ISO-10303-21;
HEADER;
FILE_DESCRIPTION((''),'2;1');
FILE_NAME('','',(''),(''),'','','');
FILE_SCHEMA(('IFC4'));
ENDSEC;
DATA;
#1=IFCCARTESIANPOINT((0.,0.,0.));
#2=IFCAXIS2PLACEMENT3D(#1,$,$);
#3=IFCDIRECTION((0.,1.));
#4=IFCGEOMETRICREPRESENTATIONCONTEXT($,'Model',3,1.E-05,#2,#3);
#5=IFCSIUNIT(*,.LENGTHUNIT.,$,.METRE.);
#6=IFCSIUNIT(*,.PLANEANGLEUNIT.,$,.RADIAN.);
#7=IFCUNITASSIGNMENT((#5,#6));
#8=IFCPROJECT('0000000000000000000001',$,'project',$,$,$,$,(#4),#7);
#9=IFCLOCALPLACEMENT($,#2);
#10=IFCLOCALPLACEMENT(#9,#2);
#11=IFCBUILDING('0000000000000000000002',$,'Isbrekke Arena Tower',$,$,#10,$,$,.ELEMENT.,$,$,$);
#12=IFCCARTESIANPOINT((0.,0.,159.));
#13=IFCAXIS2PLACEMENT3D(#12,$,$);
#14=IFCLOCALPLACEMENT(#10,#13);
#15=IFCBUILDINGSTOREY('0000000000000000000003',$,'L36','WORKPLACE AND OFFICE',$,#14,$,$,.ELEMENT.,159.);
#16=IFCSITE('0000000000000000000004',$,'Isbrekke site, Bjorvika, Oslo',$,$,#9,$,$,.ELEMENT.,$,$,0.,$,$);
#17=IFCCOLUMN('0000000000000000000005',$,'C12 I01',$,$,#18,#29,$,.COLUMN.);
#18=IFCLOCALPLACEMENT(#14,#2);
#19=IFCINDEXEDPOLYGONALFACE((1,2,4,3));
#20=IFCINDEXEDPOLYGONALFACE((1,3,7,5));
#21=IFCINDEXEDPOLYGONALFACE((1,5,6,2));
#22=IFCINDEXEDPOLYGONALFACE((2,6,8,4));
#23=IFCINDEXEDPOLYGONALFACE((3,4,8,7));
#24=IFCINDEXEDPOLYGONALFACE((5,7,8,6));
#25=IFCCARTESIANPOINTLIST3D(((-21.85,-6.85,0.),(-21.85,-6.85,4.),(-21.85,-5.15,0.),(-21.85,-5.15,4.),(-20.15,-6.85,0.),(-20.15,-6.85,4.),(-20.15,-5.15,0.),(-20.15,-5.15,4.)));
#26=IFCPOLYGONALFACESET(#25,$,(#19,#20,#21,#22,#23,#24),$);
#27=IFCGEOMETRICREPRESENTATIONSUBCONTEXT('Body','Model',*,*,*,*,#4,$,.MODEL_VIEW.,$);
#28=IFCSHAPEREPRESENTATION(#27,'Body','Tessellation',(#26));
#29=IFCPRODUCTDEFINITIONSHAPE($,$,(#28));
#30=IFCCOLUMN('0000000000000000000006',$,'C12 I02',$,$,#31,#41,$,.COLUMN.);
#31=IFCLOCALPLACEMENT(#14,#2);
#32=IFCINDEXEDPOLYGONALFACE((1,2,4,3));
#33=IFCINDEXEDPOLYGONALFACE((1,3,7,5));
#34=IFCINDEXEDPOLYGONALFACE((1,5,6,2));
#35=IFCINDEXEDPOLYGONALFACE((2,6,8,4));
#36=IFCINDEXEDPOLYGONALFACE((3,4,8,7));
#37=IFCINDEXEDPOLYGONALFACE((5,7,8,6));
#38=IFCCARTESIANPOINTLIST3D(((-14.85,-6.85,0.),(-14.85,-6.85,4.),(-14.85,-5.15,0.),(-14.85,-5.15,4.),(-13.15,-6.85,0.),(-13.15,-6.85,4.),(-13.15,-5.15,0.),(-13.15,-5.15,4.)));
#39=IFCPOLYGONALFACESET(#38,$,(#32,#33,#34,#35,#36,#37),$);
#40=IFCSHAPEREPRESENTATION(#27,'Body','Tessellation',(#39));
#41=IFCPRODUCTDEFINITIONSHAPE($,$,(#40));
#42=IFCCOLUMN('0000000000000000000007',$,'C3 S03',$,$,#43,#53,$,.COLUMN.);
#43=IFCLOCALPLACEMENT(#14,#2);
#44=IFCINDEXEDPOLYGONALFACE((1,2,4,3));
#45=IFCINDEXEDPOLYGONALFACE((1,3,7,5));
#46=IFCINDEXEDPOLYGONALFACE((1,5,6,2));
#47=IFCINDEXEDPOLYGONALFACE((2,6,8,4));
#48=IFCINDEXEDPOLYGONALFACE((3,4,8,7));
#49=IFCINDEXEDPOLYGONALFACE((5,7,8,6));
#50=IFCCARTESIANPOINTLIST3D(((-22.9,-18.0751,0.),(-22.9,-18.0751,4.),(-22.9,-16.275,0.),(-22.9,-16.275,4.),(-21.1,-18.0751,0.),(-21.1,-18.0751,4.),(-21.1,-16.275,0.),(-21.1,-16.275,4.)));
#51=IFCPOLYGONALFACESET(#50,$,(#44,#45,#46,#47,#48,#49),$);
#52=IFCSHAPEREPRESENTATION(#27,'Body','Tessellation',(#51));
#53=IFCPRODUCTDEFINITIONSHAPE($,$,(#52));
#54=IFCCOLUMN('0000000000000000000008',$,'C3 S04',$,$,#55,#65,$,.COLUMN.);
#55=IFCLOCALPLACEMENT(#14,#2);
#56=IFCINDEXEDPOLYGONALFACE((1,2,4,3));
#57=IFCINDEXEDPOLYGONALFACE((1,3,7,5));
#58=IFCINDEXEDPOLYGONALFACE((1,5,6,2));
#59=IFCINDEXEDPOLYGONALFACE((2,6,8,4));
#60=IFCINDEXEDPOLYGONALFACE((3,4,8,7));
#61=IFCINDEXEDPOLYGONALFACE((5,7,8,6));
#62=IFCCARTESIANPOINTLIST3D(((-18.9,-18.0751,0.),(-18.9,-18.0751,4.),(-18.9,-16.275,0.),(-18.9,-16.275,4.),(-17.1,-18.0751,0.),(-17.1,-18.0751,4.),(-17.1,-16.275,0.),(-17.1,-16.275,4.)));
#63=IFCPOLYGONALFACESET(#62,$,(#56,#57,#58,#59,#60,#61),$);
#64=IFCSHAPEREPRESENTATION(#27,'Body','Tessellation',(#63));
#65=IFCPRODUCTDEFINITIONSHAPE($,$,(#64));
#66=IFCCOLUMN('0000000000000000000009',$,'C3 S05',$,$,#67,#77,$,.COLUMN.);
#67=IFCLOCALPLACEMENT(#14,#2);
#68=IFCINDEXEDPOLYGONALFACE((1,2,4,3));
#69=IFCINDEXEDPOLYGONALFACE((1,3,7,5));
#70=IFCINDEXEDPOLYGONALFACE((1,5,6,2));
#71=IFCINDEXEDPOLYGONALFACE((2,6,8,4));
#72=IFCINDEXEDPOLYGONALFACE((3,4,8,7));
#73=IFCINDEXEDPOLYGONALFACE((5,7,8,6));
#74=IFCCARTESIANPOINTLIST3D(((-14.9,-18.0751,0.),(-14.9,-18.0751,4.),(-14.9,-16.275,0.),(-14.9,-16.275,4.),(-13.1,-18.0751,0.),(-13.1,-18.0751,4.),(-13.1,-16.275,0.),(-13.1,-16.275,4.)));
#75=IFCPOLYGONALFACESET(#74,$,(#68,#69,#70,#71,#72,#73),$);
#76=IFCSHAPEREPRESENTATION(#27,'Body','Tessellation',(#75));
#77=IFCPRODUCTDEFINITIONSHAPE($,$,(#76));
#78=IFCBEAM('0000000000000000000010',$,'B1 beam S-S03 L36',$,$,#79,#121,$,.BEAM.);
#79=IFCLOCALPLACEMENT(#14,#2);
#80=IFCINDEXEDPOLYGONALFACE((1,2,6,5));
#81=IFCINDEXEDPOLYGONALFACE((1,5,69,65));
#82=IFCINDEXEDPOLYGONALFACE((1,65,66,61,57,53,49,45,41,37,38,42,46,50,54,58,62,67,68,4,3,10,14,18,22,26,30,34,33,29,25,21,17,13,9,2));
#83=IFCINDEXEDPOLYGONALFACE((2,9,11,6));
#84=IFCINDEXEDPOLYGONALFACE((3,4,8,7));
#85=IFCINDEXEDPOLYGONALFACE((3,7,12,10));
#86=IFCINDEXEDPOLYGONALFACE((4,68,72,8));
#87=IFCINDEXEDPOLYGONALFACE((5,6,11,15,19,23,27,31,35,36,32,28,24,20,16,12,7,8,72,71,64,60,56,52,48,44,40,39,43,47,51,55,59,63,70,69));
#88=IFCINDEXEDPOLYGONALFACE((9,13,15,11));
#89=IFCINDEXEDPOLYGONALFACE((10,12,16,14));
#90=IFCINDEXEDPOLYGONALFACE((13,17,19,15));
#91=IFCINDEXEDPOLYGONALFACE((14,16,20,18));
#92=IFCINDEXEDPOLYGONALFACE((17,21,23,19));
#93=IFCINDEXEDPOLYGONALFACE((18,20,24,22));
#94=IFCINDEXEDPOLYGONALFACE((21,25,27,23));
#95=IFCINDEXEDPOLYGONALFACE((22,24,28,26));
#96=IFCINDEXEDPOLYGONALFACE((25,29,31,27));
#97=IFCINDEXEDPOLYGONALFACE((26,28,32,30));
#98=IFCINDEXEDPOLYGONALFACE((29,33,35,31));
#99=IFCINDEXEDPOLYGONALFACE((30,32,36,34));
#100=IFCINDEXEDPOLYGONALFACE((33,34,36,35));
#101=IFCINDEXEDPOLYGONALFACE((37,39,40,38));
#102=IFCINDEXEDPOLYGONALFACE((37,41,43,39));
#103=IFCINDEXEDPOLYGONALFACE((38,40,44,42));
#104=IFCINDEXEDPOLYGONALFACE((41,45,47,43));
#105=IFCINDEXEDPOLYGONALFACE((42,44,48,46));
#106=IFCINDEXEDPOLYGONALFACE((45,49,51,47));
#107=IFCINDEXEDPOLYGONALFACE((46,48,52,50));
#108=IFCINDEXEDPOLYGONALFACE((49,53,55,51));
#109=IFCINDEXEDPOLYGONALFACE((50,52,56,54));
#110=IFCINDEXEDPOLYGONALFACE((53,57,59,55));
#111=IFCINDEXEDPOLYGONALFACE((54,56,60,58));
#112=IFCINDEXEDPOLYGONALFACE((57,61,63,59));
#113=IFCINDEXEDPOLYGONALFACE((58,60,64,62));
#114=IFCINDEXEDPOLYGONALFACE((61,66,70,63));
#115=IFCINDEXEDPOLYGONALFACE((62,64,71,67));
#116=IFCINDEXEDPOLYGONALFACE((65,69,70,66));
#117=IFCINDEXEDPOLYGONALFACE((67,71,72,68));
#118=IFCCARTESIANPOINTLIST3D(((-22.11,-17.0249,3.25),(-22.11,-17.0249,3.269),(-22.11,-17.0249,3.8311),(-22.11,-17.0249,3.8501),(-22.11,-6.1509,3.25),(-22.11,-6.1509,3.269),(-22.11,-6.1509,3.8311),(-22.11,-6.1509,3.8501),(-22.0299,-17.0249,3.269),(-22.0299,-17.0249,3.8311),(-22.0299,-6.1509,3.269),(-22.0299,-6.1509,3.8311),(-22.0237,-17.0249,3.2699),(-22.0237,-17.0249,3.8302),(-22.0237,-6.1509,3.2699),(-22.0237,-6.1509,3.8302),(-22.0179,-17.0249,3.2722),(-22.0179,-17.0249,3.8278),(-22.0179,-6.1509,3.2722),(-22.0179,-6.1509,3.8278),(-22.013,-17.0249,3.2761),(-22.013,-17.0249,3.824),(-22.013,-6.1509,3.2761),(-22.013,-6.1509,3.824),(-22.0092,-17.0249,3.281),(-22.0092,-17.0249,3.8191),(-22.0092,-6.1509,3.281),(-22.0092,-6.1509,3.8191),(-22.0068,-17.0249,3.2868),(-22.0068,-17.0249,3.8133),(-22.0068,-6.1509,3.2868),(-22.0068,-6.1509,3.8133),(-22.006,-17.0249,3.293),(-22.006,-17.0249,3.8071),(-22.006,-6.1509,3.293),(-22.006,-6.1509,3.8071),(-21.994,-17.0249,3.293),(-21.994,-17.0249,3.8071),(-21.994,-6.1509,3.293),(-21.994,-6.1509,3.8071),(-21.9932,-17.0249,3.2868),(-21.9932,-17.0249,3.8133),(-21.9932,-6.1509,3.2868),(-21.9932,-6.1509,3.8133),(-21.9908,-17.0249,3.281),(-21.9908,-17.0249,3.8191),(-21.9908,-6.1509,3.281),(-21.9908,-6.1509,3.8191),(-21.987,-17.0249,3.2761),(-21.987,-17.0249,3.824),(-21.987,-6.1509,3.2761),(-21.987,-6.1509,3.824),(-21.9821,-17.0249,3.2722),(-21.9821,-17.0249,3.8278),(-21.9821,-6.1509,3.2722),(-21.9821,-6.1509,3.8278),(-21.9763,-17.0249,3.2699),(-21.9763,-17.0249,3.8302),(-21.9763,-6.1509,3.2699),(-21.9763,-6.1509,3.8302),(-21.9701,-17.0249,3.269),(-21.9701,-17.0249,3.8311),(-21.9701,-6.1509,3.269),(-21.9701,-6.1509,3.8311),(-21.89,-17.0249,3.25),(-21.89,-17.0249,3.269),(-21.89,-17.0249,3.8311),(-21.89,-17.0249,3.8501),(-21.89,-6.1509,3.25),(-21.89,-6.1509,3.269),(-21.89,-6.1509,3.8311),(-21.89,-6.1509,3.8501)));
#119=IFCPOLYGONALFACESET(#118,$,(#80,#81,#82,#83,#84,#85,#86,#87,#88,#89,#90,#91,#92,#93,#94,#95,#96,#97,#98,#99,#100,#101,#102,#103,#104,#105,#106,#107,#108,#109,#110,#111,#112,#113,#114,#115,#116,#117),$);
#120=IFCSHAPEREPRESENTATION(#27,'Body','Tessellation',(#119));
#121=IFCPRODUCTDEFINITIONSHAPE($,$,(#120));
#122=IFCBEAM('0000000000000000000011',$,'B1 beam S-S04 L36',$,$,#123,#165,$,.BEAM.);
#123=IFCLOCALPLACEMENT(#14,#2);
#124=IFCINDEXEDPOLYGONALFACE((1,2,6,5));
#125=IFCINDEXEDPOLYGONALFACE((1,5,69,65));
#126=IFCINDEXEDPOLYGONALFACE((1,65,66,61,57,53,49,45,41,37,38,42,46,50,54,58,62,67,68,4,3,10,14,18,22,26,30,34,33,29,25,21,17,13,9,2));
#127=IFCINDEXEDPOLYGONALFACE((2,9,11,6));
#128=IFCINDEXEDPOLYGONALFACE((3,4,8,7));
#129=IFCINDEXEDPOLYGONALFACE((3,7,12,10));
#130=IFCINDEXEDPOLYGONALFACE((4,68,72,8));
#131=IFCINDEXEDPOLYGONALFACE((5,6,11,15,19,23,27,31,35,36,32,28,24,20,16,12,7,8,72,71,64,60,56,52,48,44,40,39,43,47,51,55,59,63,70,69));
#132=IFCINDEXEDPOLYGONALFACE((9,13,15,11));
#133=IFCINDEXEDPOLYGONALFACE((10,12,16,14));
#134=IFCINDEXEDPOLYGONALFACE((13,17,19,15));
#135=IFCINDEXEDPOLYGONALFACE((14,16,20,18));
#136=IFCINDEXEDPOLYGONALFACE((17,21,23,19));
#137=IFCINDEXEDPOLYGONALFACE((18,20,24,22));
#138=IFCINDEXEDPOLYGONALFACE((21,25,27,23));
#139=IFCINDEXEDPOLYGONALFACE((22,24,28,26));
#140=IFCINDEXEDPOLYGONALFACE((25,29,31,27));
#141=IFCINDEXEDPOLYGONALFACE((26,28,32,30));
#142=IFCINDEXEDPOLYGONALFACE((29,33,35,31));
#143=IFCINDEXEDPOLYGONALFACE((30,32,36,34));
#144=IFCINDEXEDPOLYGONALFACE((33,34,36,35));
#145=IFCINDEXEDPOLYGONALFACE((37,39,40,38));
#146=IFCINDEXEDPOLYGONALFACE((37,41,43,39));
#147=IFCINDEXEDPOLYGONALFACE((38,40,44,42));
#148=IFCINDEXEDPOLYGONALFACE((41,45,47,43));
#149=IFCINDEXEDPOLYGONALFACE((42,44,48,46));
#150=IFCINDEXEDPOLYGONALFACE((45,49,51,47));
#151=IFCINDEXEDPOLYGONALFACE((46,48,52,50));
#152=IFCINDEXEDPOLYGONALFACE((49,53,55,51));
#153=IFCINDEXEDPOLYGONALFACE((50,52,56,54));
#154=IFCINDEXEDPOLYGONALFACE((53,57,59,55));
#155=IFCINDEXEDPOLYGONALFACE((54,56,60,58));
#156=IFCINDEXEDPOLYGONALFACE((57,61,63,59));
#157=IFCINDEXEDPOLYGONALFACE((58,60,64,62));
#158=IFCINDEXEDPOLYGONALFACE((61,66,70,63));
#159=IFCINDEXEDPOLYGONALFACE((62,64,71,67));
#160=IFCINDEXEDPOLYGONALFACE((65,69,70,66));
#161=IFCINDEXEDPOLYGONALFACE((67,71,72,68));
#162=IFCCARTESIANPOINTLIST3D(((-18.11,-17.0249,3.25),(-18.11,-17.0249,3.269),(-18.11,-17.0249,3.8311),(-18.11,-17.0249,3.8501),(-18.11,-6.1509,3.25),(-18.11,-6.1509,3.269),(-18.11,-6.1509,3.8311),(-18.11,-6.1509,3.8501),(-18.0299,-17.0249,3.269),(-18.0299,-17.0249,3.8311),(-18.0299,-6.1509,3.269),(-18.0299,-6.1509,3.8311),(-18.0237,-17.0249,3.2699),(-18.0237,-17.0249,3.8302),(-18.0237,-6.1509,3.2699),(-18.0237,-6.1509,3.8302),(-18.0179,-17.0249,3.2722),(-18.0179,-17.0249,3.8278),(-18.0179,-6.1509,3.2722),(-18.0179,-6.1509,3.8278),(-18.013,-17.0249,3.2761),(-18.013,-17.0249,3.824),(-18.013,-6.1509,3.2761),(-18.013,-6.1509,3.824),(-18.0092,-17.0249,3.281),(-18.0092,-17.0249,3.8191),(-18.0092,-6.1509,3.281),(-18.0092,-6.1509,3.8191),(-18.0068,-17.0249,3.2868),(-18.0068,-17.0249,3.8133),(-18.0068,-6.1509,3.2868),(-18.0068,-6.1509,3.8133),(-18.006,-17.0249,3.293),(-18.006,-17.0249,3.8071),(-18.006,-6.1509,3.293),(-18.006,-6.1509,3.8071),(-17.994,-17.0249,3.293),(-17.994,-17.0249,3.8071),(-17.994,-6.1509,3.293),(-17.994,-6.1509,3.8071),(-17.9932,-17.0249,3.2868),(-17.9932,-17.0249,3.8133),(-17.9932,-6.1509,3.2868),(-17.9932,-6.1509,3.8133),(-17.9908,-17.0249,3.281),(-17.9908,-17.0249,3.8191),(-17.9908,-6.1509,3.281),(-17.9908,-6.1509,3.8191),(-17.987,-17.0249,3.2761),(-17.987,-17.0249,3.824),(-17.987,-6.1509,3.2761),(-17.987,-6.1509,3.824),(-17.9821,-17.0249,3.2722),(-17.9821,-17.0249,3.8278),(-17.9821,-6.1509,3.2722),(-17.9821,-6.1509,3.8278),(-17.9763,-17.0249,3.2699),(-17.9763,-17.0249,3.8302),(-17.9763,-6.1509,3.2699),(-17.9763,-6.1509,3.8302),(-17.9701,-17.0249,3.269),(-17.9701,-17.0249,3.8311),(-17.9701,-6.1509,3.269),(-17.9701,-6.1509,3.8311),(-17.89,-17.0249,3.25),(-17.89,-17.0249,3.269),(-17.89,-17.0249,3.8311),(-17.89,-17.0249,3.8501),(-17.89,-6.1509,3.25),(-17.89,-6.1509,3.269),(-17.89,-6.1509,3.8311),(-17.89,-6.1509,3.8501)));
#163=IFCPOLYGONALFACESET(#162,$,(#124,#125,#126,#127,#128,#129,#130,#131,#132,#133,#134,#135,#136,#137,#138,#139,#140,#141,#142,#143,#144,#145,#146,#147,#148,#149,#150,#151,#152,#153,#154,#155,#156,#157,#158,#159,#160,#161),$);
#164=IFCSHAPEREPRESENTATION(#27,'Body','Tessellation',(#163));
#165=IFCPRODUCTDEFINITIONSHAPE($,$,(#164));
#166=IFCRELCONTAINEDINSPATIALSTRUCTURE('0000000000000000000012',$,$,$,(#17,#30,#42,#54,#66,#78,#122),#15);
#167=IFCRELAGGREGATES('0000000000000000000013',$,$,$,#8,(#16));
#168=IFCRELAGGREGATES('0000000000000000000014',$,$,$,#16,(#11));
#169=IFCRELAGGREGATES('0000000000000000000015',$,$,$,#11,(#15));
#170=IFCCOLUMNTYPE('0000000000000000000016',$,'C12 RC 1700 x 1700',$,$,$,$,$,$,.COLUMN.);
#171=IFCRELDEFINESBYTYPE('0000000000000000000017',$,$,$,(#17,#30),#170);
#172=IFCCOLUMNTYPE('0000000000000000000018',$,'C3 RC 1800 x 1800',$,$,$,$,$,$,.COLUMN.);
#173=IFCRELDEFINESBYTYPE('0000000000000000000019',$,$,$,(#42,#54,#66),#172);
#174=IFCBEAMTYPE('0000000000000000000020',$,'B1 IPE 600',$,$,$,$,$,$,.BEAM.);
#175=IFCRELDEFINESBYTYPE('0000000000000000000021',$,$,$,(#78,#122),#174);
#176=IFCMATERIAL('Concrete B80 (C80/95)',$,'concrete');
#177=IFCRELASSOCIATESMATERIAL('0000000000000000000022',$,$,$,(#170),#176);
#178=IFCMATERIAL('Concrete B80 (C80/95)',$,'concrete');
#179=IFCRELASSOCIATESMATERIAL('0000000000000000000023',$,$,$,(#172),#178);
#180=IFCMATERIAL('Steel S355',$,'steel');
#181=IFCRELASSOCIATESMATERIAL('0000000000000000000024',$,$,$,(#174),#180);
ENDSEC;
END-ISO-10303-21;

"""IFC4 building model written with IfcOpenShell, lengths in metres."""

from ifc_helpers import new_model, si_unit, direction, frame, origin, origin_2d, place, context, subcontext, project, spatial, rectangle, i_section, extrude, material, material_profile, profile_set, type_object, element, save


model = new_model("IFC4")

# Units and contexts
model_context = context("Model", 3, precision=1e-05, world=origin(), true_north=direction((0.0, 1.0)))
body_context = subcontext(model_context, "Body", "Model", "MODEL_VIEW")
ifc_project = project(units=[si_unit("LENGTHUNIT", "METRE"), si_unit("PLANEANGLEUNIT", "RADIAN")], contexts=[model_context])

# Site, building, storey
site_placement = place(None, origin())
site = spatial("IfcSite", under=ifc_project, at=site_placement, Name="Isbrekke site, Bjorvika, Oslo", CompositionType="ELEMENT", RefElevation=0.0)
building_placement = place(site_placement, origin())
building = spatial("IfcBuilding", under=site, at=building_placement, Name="Isbrekke Arena Tower", CompositionType="ELEMENT")
storey_placement = place(building_placement, frame((0.0, 0.0, 159.0)))
storey = spatial("IfcBuildingStorey", under=building, at=storey_placement, Name="L36", Description="WORKPLACE AND OFFICE", CompositionType="ELEMENT", Elevation=159.0)

# Columns
ifc_material_1 = material(Name="Concrete B80 (C80/95)", Category="concrete")
ifc_material_profile_1 = material_profile(ifc_material_1, rectangle(XDim=1.7, YDim=1.7, at=origin_2d()), Name="RC 1700x1700")
ifc_profile_set_1 = profile_set([ifc_material_profile_1], Name="Concrete B80 (C80/95)")
column_type_1 = type_object("IfcColumnType", Name="C12 RC 1700 x 1700", PredefinedType="COLUMN", material=ifc_profile_set_1)
for number, where, z_axis, x_axis, name in (
    (1, (-21.0, -6.0, 0.0), (0.0, 0.0, 1.0), (1.0, 0.0, 0.0), "C12 I01"),
    (2, (-14.0, -6.0, 0.0), (0.0, 0.0, 1.0), (1.0, 0.0, 0.0), "C12 I02"),
):
    element("IfcColumn", number, at=place(storey_placement, frame(where, z_axis=z_axis, x_axis=x_axis)), inside=storey, type_object=column_type_1, Name=name, PredefinedType="COLUMN", context=body_context, shape_type="SweptSolid", body=[
        extrude(rectangle(XDim=1.7, YDim=1.7, at=origin_2d()), origin(), (0.0, 0.0, 1.0), 4.0),
    ])
ifc_material_2 = material(Name="Concrete B80 (C80/95)", Category="concrete")
ifc_material_profile_2 = material_profile(ifc_material_2, rectangle(XDim=1.8, YDim=1.8, at=origin_2d()), Name="RC 1800x1800")
ifc_profile_set_2 = profile_set([ifc_material_profile_2], Name="Concrete B80 (C80/95)")
column_type_2 = type_object("IfcColumnType", Name="C3 RC 1800 x 1800", PredefinedType="COLUMN", material=ifc_profile_set_2)
for number, where, z_axis, x_axis, name in (
    (3, (-22.0, -17.175, 0.0), (0.0, 0.0, 1.0), (1.0, 0.0, 0.0), "C3 S03"),
    (4, (-18.0, -17.175, 0.0), (0.0, 0.0, 1.0), (1.0, 0.0, 0.0), "C3 S04"),
    (5, (-14.0, -17.175, 0.0), (0.0, 0.0, 1.0), (1.0, 0.0, 0.0), "C3 S05"),
):
    element("IfcColumn", number, at=place(storey_placement, frame(where, z_axis=z_axis, x_axis=x_axis)), inside=storey, type_object=column_type_2, Name=name, PredefinedType="COLUMN", context=body_context, shape_type="SweptSolid", body=[
        extrude(rectangle(XDim=1.8, YDim=1.8, at=origin_2d()), origin(), (0.0, 0.0, 1.0), 4.0),
    ])

# Beams
ifc_material_3 = material(Name="Steel S355", Category="steel")
ifc_material_profile_3 = material_profile(ifc_material_3, i_section(OverallWidth=0.22, OverallDepth=0.6001, WebThickness=0.012, FlangeThickness=0.019, FilletRadius=0.0239, at=origin_2d()), Name="IPE 600")
ifc_profile_set_3 = profile_set([ifc_material_profile_3], Name="Steel S355")
beam_type_1 = type_object("IfcBeamType", Name="B1 IPE 600", PredefinedType="BEAM", material=ifc_profile_set_3)
for number, where, z_axis, x_axis, name in (
    (6, (-22.0, -17.0249, 3.55), (0.0, 1.0, 0.0), (-1.0, 0.0, 0.0), "B1 beam S-S03 L36"),
    (7, (-18.0, -17.0249, 3.55), (0.0, 1.0, 0.0), (-1.0, 0.0, 0.0), "B1 beam S-S04 L36"),
):
    element("IfcBeam", number, at=place(storey_placement, frame(where, z_axis=z_axis, x_axis=x_axis)), inside=storey, type_object=beam_type_1, Name=name, PredefinedType="BEAM", context=body_context, shape_type="SweptSolid", body=[
        extrude(i_section(OverallWidth=0.22, OverallDepth=0.6001, WebThickness=0.012, FlangeThickness=0.019, FilletRadius=0.0239, at=origin_2d()), origin(), (0.0, 0.0, 1.0), 10.874),
    ])

save(model, "model.ifc")
